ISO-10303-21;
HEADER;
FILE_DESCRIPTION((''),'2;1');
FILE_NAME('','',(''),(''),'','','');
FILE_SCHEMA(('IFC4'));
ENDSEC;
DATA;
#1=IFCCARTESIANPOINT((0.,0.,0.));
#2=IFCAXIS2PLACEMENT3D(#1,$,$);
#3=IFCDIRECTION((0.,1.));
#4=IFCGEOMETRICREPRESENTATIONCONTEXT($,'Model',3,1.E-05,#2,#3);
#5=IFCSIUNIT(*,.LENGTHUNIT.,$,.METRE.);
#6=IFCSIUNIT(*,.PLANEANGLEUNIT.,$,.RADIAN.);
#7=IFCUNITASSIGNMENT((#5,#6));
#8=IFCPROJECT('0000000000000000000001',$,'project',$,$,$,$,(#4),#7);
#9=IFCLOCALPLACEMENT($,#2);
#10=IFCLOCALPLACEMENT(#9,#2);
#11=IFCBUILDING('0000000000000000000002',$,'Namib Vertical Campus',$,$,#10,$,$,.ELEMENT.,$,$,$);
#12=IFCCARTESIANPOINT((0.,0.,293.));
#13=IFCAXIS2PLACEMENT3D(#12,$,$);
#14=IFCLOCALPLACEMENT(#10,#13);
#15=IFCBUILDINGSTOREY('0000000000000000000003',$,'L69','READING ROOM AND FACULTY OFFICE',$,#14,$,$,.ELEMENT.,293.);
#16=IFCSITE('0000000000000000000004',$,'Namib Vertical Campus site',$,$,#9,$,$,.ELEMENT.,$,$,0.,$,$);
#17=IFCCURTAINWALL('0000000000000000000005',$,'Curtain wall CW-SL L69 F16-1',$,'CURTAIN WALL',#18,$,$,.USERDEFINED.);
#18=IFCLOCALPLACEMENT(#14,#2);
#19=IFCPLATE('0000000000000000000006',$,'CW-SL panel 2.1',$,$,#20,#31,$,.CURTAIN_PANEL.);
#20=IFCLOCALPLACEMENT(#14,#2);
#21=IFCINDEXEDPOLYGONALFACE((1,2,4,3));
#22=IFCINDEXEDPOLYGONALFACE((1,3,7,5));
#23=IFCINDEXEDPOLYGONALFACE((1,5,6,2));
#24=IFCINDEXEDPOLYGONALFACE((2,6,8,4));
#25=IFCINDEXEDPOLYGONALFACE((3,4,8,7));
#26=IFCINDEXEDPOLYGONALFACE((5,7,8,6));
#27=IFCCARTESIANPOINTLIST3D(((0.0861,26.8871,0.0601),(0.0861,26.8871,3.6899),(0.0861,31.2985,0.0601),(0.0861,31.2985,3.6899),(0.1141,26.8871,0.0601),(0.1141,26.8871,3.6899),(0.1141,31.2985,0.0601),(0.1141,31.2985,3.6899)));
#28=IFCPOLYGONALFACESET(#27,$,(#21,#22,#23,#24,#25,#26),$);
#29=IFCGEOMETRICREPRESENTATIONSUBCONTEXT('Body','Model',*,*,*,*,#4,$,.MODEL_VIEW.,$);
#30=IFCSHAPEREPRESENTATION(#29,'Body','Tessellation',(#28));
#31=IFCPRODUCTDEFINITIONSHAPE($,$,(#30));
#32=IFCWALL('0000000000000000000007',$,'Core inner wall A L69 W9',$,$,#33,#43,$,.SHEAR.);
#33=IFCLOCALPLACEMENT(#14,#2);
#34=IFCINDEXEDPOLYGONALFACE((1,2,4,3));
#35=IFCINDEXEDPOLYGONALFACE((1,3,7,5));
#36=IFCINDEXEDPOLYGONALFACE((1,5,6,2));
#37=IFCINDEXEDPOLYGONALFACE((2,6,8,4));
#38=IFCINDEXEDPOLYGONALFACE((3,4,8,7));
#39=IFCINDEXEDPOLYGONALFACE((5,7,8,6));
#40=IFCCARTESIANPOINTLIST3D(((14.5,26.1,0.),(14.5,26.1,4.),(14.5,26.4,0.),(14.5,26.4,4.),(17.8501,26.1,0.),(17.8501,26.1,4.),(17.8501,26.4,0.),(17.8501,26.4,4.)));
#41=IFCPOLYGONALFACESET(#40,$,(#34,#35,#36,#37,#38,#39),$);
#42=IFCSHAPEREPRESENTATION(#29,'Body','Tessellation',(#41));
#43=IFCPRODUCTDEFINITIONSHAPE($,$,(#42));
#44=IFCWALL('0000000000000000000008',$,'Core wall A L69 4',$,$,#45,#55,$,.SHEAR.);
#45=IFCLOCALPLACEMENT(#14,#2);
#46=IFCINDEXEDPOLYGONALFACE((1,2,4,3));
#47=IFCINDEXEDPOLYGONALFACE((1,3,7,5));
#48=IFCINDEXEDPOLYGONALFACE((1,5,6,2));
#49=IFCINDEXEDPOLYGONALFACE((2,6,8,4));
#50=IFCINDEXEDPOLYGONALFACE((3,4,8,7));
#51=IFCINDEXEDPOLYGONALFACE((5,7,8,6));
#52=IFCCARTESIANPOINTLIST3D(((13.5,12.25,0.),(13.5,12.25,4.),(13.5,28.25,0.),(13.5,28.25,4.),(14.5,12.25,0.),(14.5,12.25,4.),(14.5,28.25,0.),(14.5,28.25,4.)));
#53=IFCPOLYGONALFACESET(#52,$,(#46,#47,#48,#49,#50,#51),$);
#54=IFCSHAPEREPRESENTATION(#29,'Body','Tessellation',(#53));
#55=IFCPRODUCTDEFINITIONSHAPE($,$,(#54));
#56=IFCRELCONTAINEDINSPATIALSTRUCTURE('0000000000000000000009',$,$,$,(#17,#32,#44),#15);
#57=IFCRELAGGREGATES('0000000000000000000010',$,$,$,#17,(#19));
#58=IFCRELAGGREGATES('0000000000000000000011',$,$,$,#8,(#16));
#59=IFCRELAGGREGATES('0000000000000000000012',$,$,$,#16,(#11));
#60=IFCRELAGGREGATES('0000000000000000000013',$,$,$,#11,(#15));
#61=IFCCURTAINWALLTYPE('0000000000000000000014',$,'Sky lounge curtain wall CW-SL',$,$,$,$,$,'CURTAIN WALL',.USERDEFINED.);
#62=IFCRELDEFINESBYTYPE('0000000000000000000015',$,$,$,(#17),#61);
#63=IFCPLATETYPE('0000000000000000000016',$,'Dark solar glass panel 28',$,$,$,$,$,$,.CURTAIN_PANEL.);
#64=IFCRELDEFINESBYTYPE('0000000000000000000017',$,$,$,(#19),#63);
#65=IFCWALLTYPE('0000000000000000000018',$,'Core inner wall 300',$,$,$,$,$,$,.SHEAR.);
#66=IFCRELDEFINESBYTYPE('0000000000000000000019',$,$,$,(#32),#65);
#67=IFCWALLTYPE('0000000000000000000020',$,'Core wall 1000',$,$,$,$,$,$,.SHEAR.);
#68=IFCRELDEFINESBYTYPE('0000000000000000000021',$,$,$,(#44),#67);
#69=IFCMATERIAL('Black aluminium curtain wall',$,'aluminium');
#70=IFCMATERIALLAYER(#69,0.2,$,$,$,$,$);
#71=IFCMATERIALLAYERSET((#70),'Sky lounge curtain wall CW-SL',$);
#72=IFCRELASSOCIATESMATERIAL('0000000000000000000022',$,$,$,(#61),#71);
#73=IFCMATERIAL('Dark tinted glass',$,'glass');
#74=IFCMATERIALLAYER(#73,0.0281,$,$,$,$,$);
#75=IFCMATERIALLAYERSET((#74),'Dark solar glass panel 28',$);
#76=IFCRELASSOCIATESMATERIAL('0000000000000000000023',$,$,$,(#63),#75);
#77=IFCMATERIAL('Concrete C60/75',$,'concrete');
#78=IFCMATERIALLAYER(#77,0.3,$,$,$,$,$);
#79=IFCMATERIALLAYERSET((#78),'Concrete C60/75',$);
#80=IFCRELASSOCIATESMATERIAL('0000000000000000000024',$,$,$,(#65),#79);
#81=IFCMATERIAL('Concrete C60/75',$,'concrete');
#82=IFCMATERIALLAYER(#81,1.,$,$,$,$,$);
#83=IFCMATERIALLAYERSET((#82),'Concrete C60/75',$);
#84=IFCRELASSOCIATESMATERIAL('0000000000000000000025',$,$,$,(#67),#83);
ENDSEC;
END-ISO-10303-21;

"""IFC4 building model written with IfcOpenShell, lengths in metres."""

from ifc_helpers import new_model, si_unit, direction, frame, frame_2d, origin, origin_2d, place, context, subcontext, project, spatial, rectangle, extrude, material, layer, layer_set, type_object, element, aggregate, save


model = new_model("IFC4")

# Units and contexts
model_context = context("Model", 3, precision=1e-05, world=origin(), true_north=direction((0.0, 1.0)))
body_context = subcontext(model_context, "Body", "Model", "MODEL_VIEW")
ifc_project = project(units=[si_unit("LENGTHUNIT", "METRE"), si_unit("PLANEANGLEUNIT", "RADIAN")], contexts=[model_context])

# Site, building, storey
site_placement = place(None, origin())
site = spatial("IfcSite", under=ifc_project, at=site_placement, Name="Namib Vertical Campus site", CompositionType="ELEMENT", RefElevation=0.0)
building_placement = place(site_placement, origin())
building = spatial("IfcBuilding", under=site, at=building_placement, Name="Namib Vertical Campus", CompositionType="ELEMENT")
storey_placement = place(building_placement, frame((0.0, 0.0, 293.0)))
storey = spatial("IfcBuildingStorey", under=building, at=storey_placement, Name="L69", Description="READING ROOM AND FACULTY OFFICE", CompositionType="ELEMENT", Elevation=293.0)

# Curtain wall
ifc_material_1 = material(Name="Black aluminium curtain wall", Category="aluminium")
ifc_layer_1 = layer(ifc_material_1, 0.2)
ifc_layer_set_1 = layer_set([ifc_layer_1], Name="Sky lounge curtain wall CW-SL")
curtain_wall_type = type_object("IfcCurtainWallType", Name="Sky lounge curtain wall CW-SL", ElementType="CURTAIN WALL", PredefinedType="USERDEFINED", material=ifc_layer_set_1)
curtain_wall_placement = place(storey_placement, origin())
curtain_wall = element("IfcCurtainWall", 1, at=curtain_wall_placement, inside=storey, type_object=curtain_wall_type, Name="Curtain wall CW-SL L69 F16-1", ObjectType="CURTAIN WALL", PredefinedType="USERDEFINED")

# Plate
ifc_material_2 = material(Name="Dark tinted glass", Category="glass")
ifc_layer_2 = layer(ifc_material_2, 0.0281)
ifc_layer_set_2 = layer_set([ifc_layer_2], Name="Dark solar glass panel 28")
plate_type = type_object("IfcPlateType", Name="Dark solar glass panel 28", PredefinedType="CURTAIN_PANEL", material=ifc_layer_set_2)
plate_1_placement = place(storey_placement, frame((0.1001, 29.0928, 0.0601), z_axis=(0.0, 0.0, 1.0), x_axis=(0.0, -1.0, 0.0)))
plate_1 = element("IfcPlate", 2, at=plate_1_placement, type_object=plate_type, Name="CW-SL panel 2.1", PredefinedType="CURTAIN_PANEL", context=body_context, shape_type="SweptSolid", body=[
    extrude(rectangle(XDim=4.4114, YDim=0.0281, at=origin_2d()), origin(), (0.0, 0.0, 1.0), 3.6299),
])
aggregate(curtain_wall, [plate_1])

# Walls
ifc_material_3 = material(Name="Concrete C60/75", Category="concrete")
ifc_layer_3 = layer(ifc_material_3, 0.3)
ifc_layer_set_3 = layer_set([ifc_layer_3], Name="Concrete C60/75")
wall_type_1 = type_object("IfcWallType", Name="Core inner wall 300", PredefinedType="SHEAR", material=ifc_layer_set_3)
wall_1_placement = place(storey_placement, frame((14.5, 26.25, 0.0), z_axis=(0.0, 0.0, 1.0), x_axis=(1.0, 0.0, 0.0)))
element("IfcWall", 3, at=wall_1_placement, inside=storey, type_object=wall_type_1, Name="Core inner wall A L69 W9", PredefinedType="SHEAR", context=body_context, shape_type="SweptSolid", body=[
    extrude(rectangle(XDim=3.3501, YDim=0.3, at=frame_2d((1.675, 0.0))), origin(), (0.0, 0.0, 1.0), 4.0),
])
ifc_material_4 = material(Name="Concrete C60/75", Category="concrete")
ifc_layer_4 = layer(ifc_material_4, 1.0)
ifc_layer_set_4 = layer_set([ifc_layer_4], Name="Concrete C60/75")
wall_type_2 = type_object("IfcWallType", Name="Core wall 1000", PredefinedType="SHEAR", material=ifc_layer_set_4)
wall_2_placement = place(storey_placement, frame((14.0, 28.25, 0.0), z_axis=(0.0, 0.0, 1.0), x_axis=(0.0, -1.0, 0.0)))
element("IfcWall", 4, at=wall_2_placement, inside=storey, type_object=wall_type_2, Name="Core wall A L69 4", PredefinedType="SHEAR", context=body_context, shape_type="SweptSolid", body=[
    extrude(rectangle(XDim=16.0, YDim=1.0, at=frame_2d((8.0, 0.0))), origin(), (0.0, 0.0, 1.0), 4.0),
])

save(model, "model.ifc")
